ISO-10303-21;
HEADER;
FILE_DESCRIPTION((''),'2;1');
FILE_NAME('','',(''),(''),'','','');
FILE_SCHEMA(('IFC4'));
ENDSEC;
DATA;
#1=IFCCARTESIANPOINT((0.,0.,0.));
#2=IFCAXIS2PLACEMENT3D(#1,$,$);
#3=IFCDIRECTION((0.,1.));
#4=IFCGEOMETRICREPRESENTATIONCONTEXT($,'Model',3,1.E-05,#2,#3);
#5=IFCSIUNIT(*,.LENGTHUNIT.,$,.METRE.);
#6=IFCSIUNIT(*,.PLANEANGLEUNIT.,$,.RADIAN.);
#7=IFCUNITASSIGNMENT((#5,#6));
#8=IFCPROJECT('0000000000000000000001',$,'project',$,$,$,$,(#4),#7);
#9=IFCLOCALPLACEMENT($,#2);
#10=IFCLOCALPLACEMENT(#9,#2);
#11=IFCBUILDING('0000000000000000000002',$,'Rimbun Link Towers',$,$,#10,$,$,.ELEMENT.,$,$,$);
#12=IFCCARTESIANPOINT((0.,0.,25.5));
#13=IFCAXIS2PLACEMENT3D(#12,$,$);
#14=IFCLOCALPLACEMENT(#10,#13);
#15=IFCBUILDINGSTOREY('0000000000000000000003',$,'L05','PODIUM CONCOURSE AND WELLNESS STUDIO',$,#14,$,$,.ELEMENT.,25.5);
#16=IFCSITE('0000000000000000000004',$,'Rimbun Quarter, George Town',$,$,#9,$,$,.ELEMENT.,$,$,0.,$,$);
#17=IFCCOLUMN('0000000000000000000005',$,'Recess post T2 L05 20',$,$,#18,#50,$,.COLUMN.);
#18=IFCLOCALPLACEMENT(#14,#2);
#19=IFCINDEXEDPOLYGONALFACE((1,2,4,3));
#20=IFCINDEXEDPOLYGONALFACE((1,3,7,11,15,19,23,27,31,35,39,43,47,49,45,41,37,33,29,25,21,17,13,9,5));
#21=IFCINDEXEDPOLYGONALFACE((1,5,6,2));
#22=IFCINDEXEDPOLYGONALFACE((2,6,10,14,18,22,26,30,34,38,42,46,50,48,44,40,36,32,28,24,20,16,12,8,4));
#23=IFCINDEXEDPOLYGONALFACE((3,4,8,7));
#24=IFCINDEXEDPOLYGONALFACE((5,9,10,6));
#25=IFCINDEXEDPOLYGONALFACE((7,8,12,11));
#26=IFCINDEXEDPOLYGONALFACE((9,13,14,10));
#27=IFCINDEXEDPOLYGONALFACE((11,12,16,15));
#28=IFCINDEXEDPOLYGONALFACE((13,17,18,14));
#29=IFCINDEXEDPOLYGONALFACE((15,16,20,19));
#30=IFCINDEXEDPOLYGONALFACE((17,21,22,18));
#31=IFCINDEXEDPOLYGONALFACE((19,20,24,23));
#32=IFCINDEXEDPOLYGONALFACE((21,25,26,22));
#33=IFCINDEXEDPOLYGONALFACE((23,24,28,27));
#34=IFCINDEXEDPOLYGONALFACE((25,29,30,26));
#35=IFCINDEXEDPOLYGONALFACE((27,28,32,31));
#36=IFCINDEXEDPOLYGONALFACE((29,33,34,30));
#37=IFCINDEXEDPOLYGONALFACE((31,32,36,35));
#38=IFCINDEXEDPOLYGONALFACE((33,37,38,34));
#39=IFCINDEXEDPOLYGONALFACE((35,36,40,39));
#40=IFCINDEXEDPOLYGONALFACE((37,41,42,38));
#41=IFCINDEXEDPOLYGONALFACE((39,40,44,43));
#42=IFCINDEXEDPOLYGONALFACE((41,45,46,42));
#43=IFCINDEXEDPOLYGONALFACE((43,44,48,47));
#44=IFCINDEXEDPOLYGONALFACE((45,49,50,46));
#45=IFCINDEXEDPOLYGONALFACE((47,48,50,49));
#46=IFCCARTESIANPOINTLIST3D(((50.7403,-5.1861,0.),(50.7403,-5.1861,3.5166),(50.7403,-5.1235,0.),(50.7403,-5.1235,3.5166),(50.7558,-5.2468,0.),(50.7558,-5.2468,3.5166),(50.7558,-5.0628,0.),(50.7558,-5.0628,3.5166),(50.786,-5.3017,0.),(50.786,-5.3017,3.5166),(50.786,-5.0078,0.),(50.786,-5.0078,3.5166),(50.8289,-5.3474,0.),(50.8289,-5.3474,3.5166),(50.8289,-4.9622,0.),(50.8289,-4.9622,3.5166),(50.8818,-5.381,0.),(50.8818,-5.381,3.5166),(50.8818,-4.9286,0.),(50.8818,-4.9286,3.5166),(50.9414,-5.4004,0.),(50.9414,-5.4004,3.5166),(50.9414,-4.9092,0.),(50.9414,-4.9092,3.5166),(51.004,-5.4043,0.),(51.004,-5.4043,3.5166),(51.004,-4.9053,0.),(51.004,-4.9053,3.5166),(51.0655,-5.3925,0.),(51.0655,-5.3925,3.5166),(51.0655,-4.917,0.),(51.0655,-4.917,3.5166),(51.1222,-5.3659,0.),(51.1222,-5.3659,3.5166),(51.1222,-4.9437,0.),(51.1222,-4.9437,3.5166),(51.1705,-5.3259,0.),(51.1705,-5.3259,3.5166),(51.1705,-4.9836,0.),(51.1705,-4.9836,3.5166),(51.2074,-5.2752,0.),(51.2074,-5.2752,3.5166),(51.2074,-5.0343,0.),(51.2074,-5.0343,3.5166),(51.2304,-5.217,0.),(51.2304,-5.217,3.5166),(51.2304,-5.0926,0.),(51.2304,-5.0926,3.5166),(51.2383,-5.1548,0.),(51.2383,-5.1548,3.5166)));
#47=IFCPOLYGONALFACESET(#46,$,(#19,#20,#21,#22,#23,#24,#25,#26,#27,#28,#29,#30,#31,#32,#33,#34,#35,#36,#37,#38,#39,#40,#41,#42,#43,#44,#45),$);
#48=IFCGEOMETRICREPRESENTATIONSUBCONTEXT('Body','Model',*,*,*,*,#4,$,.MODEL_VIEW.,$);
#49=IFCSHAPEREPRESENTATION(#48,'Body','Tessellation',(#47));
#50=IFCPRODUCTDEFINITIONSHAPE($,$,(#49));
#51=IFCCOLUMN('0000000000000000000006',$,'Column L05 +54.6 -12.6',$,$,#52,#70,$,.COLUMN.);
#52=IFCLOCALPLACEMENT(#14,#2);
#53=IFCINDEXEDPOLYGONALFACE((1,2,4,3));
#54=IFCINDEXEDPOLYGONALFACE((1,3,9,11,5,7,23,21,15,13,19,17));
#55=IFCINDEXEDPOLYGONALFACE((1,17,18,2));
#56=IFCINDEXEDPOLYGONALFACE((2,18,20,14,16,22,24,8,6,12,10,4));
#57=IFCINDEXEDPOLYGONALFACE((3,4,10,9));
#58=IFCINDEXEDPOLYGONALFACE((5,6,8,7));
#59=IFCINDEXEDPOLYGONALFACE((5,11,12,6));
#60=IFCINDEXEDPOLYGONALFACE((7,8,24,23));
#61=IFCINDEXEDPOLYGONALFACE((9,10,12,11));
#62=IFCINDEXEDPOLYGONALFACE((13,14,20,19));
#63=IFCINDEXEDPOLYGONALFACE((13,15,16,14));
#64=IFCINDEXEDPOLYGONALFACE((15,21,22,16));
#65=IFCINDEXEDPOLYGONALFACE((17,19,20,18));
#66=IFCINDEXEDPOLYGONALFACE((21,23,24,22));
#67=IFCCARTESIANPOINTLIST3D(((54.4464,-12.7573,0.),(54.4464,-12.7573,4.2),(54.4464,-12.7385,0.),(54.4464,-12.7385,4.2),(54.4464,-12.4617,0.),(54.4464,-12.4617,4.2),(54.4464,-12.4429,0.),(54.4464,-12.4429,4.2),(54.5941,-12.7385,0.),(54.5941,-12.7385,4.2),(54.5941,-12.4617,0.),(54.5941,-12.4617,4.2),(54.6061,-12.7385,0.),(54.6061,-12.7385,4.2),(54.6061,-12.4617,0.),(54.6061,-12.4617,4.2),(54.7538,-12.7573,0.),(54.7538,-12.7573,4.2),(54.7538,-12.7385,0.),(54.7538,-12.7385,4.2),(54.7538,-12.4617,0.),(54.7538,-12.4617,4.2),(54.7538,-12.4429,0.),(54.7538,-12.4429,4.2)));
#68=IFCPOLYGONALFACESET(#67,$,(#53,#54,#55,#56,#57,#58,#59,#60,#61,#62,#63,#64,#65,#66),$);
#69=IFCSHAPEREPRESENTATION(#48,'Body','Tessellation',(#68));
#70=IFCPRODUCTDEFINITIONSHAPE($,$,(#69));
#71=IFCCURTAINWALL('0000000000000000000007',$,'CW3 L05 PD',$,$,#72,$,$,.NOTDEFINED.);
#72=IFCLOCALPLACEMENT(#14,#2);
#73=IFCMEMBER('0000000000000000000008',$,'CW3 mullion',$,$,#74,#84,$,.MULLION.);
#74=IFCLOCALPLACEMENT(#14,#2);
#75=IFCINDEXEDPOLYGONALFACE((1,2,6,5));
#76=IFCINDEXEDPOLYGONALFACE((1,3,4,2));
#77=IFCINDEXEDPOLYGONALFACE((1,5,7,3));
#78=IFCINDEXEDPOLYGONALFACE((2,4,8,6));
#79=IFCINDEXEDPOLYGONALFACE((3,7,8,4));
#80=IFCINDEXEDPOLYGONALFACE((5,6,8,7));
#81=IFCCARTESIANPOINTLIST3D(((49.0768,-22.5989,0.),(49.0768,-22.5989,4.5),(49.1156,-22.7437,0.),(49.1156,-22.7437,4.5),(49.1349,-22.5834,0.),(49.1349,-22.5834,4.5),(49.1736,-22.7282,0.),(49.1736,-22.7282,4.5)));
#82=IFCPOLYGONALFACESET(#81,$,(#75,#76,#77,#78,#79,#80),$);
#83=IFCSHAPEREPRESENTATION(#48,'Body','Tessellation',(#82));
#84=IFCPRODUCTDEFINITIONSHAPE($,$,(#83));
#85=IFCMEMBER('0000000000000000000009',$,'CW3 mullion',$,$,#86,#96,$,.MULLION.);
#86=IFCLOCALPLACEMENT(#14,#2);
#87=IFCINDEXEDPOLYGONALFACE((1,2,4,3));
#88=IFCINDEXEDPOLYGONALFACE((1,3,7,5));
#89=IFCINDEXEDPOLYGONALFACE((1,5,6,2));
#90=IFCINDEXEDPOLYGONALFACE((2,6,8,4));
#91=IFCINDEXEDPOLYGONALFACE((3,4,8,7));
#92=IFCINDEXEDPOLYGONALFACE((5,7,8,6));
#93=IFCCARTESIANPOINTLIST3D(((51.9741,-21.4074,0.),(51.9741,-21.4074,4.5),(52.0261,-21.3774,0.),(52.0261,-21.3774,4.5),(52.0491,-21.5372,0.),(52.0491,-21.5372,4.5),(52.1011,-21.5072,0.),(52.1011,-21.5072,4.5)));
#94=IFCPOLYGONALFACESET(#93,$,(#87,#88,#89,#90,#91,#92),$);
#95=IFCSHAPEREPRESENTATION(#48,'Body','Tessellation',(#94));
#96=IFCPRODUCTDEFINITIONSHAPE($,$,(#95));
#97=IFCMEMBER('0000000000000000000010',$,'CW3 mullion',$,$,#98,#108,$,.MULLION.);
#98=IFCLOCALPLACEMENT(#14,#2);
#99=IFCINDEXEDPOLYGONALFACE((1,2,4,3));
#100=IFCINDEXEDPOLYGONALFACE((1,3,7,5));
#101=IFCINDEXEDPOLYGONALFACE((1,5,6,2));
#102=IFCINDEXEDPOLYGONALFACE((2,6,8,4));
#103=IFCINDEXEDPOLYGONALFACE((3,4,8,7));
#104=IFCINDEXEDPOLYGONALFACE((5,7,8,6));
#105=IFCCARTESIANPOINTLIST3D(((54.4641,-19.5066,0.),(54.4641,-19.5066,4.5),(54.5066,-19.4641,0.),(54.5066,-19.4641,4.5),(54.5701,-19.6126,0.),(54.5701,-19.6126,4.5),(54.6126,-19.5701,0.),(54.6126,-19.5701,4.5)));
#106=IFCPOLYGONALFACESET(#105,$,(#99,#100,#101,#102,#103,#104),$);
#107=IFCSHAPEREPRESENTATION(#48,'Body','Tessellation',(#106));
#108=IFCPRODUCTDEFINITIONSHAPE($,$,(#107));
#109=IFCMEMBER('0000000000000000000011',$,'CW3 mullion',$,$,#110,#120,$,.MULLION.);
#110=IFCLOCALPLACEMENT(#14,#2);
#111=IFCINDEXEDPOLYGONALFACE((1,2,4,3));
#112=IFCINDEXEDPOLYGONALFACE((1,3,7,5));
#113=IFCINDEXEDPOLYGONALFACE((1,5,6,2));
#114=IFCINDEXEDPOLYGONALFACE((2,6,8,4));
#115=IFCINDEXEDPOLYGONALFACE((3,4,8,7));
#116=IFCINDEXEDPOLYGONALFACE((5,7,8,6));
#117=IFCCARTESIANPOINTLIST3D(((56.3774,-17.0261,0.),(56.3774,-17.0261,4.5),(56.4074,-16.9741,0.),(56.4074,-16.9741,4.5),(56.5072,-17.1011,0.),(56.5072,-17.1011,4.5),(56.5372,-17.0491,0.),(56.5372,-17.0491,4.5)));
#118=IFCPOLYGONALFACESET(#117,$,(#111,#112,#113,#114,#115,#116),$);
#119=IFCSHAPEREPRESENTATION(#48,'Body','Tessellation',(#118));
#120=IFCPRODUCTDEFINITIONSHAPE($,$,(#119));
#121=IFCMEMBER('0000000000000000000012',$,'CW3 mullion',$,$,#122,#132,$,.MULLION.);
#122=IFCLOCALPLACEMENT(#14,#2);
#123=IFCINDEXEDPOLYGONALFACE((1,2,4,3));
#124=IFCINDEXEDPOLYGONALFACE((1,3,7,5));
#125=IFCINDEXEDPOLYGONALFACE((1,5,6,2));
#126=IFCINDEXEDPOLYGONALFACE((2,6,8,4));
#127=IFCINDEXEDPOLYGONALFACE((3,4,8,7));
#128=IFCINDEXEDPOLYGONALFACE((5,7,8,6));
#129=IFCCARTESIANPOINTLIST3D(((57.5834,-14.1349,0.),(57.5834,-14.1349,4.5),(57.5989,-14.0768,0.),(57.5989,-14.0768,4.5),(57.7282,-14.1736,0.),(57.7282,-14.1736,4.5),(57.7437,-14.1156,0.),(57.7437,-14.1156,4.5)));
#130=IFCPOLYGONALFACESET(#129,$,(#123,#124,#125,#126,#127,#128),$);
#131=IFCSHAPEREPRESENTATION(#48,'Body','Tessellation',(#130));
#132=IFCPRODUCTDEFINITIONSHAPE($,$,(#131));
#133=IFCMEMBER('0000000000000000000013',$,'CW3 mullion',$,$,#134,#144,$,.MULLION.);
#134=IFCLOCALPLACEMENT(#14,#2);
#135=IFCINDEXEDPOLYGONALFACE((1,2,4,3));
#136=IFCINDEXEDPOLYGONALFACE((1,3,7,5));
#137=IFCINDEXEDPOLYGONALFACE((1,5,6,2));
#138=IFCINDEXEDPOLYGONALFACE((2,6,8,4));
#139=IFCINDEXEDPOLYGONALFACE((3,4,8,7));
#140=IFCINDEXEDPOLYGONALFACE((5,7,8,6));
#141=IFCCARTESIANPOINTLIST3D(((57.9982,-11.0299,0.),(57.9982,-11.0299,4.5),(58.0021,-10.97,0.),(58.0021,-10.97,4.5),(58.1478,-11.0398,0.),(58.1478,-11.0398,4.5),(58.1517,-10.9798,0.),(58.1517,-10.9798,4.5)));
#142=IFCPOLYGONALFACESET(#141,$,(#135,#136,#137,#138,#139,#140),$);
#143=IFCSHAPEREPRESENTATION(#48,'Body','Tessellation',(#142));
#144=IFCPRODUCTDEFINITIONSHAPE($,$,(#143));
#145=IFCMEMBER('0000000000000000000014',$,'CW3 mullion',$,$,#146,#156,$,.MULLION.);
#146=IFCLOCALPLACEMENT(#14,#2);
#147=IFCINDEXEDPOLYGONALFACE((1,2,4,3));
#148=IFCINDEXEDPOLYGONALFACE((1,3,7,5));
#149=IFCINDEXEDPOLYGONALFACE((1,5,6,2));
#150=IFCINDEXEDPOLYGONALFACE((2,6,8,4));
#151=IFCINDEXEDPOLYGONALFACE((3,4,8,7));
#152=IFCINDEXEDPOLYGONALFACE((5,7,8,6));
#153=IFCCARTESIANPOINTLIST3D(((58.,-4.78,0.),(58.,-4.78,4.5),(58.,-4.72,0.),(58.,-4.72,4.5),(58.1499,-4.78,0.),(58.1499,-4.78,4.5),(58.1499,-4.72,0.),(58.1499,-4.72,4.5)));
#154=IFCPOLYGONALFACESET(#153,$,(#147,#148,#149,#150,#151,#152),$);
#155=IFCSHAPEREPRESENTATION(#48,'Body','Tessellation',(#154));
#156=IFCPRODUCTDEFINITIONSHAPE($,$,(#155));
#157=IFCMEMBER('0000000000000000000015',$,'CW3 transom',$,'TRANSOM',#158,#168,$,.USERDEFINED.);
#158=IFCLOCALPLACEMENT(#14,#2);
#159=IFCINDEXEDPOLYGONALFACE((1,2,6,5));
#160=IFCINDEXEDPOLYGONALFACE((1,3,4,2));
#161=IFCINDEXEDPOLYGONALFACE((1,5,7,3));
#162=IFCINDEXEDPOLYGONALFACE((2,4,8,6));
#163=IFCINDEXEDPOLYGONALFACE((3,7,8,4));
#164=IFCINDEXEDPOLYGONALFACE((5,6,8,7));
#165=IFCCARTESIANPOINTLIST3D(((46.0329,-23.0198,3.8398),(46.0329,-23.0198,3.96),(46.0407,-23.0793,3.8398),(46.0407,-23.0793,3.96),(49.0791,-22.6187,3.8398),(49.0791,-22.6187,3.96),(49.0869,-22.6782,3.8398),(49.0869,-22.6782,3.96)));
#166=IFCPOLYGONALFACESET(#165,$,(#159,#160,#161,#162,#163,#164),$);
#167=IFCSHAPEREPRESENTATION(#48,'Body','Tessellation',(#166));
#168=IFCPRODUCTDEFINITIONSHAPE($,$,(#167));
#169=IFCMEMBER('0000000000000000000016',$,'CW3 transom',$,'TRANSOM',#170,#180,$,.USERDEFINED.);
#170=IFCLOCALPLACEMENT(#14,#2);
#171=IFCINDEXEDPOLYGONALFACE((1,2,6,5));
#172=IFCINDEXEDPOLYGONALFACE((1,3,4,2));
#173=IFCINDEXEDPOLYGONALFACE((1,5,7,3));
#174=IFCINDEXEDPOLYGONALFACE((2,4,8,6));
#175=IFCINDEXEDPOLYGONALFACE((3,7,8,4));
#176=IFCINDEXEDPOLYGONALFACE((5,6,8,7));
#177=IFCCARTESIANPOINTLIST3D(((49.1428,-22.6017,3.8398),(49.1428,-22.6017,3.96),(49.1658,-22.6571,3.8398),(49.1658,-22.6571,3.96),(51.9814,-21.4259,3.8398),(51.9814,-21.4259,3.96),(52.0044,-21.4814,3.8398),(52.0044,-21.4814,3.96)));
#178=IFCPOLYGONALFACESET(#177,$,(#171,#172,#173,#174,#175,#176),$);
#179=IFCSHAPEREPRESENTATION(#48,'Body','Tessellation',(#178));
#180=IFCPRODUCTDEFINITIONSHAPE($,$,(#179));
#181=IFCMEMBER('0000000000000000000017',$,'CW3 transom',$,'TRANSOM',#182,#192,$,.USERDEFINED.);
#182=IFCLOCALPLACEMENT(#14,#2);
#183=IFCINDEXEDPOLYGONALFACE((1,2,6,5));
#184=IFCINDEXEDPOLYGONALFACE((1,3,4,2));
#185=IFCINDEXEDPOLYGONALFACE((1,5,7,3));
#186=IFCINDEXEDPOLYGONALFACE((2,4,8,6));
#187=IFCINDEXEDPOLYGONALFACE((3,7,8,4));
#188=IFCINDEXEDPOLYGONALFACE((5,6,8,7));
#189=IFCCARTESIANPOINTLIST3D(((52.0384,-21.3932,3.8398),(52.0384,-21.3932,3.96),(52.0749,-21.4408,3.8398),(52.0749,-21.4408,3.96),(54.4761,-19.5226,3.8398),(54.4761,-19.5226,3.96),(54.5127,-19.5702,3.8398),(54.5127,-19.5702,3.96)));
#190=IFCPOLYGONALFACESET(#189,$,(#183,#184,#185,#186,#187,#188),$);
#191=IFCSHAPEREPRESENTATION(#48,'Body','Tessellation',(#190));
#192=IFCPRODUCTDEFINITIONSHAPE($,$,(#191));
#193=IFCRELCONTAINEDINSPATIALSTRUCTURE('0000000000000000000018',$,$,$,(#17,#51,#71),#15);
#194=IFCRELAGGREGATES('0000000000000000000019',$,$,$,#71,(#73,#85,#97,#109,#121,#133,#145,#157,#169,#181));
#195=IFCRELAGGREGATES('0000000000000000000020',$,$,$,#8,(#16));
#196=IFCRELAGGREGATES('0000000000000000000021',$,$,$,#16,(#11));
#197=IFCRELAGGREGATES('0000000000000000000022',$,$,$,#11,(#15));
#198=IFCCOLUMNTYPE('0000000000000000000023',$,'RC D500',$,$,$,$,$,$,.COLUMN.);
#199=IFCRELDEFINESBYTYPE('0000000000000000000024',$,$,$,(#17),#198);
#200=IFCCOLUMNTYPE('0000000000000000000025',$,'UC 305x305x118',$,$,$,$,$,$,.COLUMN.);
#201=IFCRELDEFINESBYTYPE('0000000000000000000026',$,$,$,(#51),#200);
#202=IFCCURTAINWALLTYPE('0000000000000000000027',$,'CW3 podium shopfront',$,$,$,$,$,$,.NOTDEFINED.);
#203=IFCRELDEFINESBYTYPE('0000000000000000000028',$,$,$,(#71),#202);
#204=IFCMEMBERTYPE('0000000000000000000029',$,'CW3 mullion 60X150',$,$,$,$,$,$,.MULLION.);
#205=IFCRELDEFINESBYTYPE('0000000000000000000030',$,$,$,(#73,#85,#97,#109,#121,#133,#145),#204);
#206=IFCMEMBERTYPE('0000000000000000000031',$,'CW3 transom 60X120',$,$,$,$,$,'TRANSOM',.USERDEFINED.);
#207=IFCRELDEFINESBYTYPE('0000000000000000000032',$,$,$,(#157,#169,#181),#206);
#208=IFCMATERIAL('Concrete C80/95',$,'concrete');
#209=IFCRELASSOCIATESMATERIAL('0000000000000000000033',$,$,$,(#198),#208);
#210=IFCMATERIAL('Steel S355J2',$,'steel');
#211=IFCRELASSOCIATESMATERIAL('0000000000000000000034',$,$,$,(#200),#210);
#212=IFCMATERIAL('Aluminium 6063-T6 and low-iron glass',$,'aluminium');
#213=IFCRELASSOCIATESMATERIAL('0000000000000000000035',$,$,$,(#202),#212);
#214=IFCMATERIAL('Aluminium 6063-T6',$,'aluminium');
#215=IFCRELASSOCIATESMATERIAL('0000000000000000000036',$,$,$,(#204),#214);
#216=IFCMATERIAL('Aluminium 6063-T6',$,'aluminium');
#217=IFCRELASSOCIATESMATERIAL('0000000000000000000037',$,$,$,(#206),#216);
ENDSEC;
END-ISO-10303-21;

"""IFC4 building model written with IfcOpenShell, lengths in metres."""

from ifc_helpers import new_model, si_unit, direction, frame, origin, origin_2d, place, context, subcontext, project, spatial, rectangle, circle, i_section, extrude, material, material_profile, profile_set, type_object, element, aggregate, save


model = new_model("IFC4")

# Units and contexts
model_context = context("Model", 3, precision=1e-05, world=origin(), true_north=direction((0.0, 1.0)))
body_context = subcontext(model_context, "Body", "Model", "MODEL_VIEW")
ifc_project = project(units=[si_unit("LENGTHUNIT", "METRE"), si_unit("PLANEANGLEUNIT", "RADIAN")], contexts=[model_context])

# Site, building, storey
site_placement = place(None, origin())
site = spatial("IfcSite", under=ifc_project, at=site_placement, Name="Rimbun Quarter, George Town", CompositionType="ELEMENT", RefElevation=0.0)
building_placement = place(site_placement, origin())
building = spatial("IfcBuilding", under=site, at=building_placement, Name="Rimbun Link Towers", CompositionType="ELEMENT")
storey_placement = place(building_placement, frame((0.0, 0.0, 25.5)))
storey = spatial("IfcBuildingStorey", under=building, at=storey_placement, Name="L05", Description="PODIUM CONCOURSE AND WELLNESS STUDIO", CompositionType="ELEMENT", Elevation=25.5)

# Columns
ifc_material_1 = material(Name="Concrete C80/95", Category="concrete")
ifc_material_profile_1 = material_profile(ifc_material_1, circle(Radius=0.25, at=origin_2d()), Name="RC D500")
ifc_profile_set_1 = profile_set([ifc_material_profile_1], Name="Concrete C80/95")
column_type_1 = type_object("IfcColumnType", Name="RC D500", PredefinedType="COLUMN", material=ifc_profile_set_1)
column_1_placement = place(storey_placement, frame((50.9883, -5.1548, 0.0), z_axis=(0.0, 0.0, 1.0), x_axis=(1.0, 0.0, 0.0)))
element("IfcColumn", 1, at=column_1_placement, inside=storey, type_object=column_type_1, Name="Recess post T2 L05 20", PredefinedType="COLUMN", context=body_context, shape_type="SweptSolid", body=[
    extrude(circle(Radius=0.25, at=origin_2d()), origin(), (0.0, 0.0, 1.0), 3.5166),
])
ifc_material_2 = material(Name="Steel S355J2", Category="steel")
ifc_material_profile_2 = material_profile(ifc_material_2, i_section(OverallWidth=0.3074, OverallDepth=0.3145, WebThickness=0.012, FlangeThickness=0.0188, at=origin_2d()), Name="UC 305x305x118")
ifc_profile_set_2 = profile_set([ifc_material_profile_2], Name="Steel S355J2")
column_type_2 = type_object("IfcColumnType", Name="UC 305x305x118", PredefinedType="COLUMN", material=ifc_profile_set_2)
column_2_placement = place(storey_placement, frame((54.6001, -12.6001, 0.0), z_axis=(0.0, 0.0, 1.0), x_axis=(1.0, 0.0, 0.0)))
element("IfcColumn", 2, at=column_2_placement, inside=storey, type_object=column_type_2, Name="Column L05 +54.6 -12.6", PredefinedType="COLUMN", context=body_context, shape_type="SweptSolid", body=[
    extrude(i_section(OverallWidth=0.3074, OverallDepth=0.3145, WebThickness=0.012, FlangeThickness=0.0188, at=origin_2d()), origin(), (0.0, 0.0, 1.0), 4.2),
])

# Curtain wall, members
ifc_material_3 = material(Name="Aluminium 6063-T6 and low-iron glass", Category="aluminium")
curtain_wall_type = type_object("IfcCurtainWallType", Name="CW3 podium shopfront", PredefinedType="NOTDEFINED", material=ifc_material_3)
curtain_wall_placement = place(storey_placement, origin())
curtain_wall = element("IfcCurtainWall", 3, at=curtain_wall_placement, inside=storey, type_object=curtain_wall_type, Name="CW3 L05 PD", PredefinedType="NOTDEFINED")
ifc_material_4 = material(Name="Aluminium 6063-T6", Category="aluminium")
ifc_material_profile_3 = material_profile(ifc_material_4, rectangle(XDim=0.1499, YDim=0.0601, at=origin_2d()), Name="MULLION 60X150")
ifc_profile_set_3 = profile_set([ifc_material_profile_3], Name="Aluminium 6063-T6")
member_type_1 = type_object("IfcMemberType", Name="CW3 mullion 60X150", PredefinedType="MULLION", material=ifc_profile_set_3)
member_1_placement = place(storey_placement, frame((49.1252, -22.6636, 0.0), z_axis=(0.0, 0.0, 1.0), x_axis=(0.258819, -0.965926, 0.0)))
member_1 = element("IfcMember", 4, at=member_1_placement, type_object=member_type_1, Name="CW3 mullion", PredefinedType="MULLION", context=body_context, shape_type="SweptSolid", body=[
    extrude(rectangle(XDim=0.1499, YDim=0.0601, at=origin_2d()), origin(), (0.0, 0.0, 1.0), 4.5),
])
member_2_placement = place(storey_placement, frame((52.0376, -21.4573, 0.0), z_axis=(0.0, 0.0, 1.0), x_axis=(0.499994, -0.866029, 0.0)))
member_2 = element("IfcMember", 5, at=member_2_placement, type_object=member_type_1, Name="CW3 mullion", PredefinedType="MULLION", context=body_context, shape_type="SweptSolid", body=[
    extrude(rectangle(XDim=0.1499, YDim=0.0601, at=origin_2d()), origin(), (0.0, 0.0, 1.0), 4.5),
])
member_3_placement = place(storey_placement, frame((54.5383, -19.5383, 0.0), z_axis=(0.0, 0.0, 1.0), x_axis=(0.707107, -0.707107, 0.0)))
member_3 = element("IfcMember", 6, at=member_3_placement, type_object=member_type_1, Name="CW3 mullion", PredefinedType="MULLION", context=body_context, shape_type="SweptSolid", body=[
    extrude(rectangle(XDim=0.1499, YDim=0.0601, at=origin_2d()), origin(), (0.0, 0.0, 1.0), 4.5),
])
member_4_placement = place(storey_placement, frame((56.4573, -17.0376, 0.0), z_axis=(0.0, 0.0, 1.0), x_axis=(0.866029, -0.499994, 0.0)))
member_4 = element("IfcMember", 7, at=member_4_placement, type_object=member_type_1, Name="CW3 mullion", PredefinedType="MULLION", context=body_context, shape_type="SweptSolid", body=[
    extrude(rectangle(XDim=0.1499, YDim=0.0601, at=origin_2d()), origin(), (0.0, 0.0, 1.0), 4.5),
])
member_5_placement = place(storey_placement, frame((57.6636, -14.1252, 0.0), z_axis=(0.0, 0.0, 1.0), x_axis=(0.965926, -0.258819, 0.0)))
member_5 = element("IfcMember", 8, at=member_5_placement, type_object=member_type_1, Name="CW3 mullion", PredefinedType="MULLION", context=body_context, shape_type="SweptSolid", body=[
    extrude(rectangle(XDim=0.1499, YDim=0.0601, at=origin_2d()), origin(), (0.0, 0.0, 1.0), 4.5),
])
member_6_placement = place(storey_placement, frame((58.075, -11.0049, 0.0), z_axis=(0.0, 0.0, 1.0), x_axis=(0.997859, -0.065405, 0.0)))
member_6 = element("IfcMember", 9, at=member_6_placement, type_object=member_type_1, Name="CW3 mullion", PredefinedType="MULLION", context=body_context, shape_type="SweptSolid", body=[
    extrude(rectangle(XDim=0.1499, YDim=0.0601, at=origin_2d()), origin(), (0.0, 0.0, 1.0), 4.5),
])
member_7_placement = place(storey_placement, frame((58.075, -4.75, 0.0), z_axis=(0.0, 0.0, 1.0), x_axis=(1.0, 0.0, 0.0)))
member_7 = element("IfcMember", 10, at=member_7_placement, type_object=member_type_1, Name="CW3 mullion", PredefinedType="MULLION", context=body_context, shape_type="SweptSolid", body=[
    extrude(rectangle(XDim=0.1499, YDim=0.0601, at=origin_2d()), origin(), (0.0, 0.0, 1.0), 4.5),
])
ifc_material_5 = material(Name="Aluminium 6063-T6", Category="aluminium")
ifc_material_profile_4 = material_profile(ifc_material_5, rectangle(XDim=0.0601, YDim=0.1201, at=origin_2d()), Name="TRANSOM 60X120")
ifc_profile_set_4 = profile_set([ifc_material_profile_4], Name="Aluminium 6063-T6")
member_type_2 = type_object("IfcMemberType", Name="CW3 transom 60X120", ElementType="TRANSOM", PredefinedType="USERDEFINED", material=ifc_profile_set_4)
member_8_placement = place(storey_placement, frame((49.083, -22.6484, 3.8999), z_axis=(-0.991441, -0.130555, 0.0), x_axis=(0.130555, -0.991441, 0.0)))
member_8 = element("IfcMember", 11, at=member_8_placement, type_object=member_type_2, Name="CW3 transom", ObjectType="TRANSOM", PredefinedType="USERDEFINED", context=body_context, shape_type="SweptSolid", body=[
    extrude(rectangle(XDim=0.0601, YDim=0.1201, at=origin_2d()), origin(), (0.0, 0.0, 1.0), 3.0725),
])
member_9_placement = place(storey_placement, frame((51.9929, -21.4536, 3.8999), z_axis=(-0.923881, -0.382679, 0.0), x_axis=(0.382679, -0.923881, 0.0)))
member_9 = element("IfcMember", 12, at=member_9_placement, type_object=member_type_2, Name="CW3 transom", ObjectType="TRANSOM", PredefinedType="USERDEFINED", context=body_context, shape_type="SweptSolid", body=[
    extrude(rectangle(XDim=0.0601, YDim=0.1201, at=origin_2d()), origin(), (0.0, 0.0, 1.0), 3.0725),
])
member_10_placement = place(storey_placement, frame((54.4944, -19.5464, 3.8999), z_axis=(-0.793344, -0.608773, 0.0), x_axis=(0.608773, -0.793344, 0.0)))
member_10 = element("IfcMember", 13, at=member_10_placement, type_object=member_type_2, Name="CW3 transom", ObjectType="TRANSOM", PredefinedType="USERDEFINED", context=body_context, shape_type="SweptSolid", body=[
    extrude(rectangle(XDim=0.0601, YDim=0.1201, at=origin_2d()), origin(), (0.0, 0.0, 1.0), 3.0728),
])

aggregate(curtain_wall, [member_1, member_2, member_3, member_4, member_5, member_6, member_7, member_8, member_9, member_10])

save(model, "model.ifc")
